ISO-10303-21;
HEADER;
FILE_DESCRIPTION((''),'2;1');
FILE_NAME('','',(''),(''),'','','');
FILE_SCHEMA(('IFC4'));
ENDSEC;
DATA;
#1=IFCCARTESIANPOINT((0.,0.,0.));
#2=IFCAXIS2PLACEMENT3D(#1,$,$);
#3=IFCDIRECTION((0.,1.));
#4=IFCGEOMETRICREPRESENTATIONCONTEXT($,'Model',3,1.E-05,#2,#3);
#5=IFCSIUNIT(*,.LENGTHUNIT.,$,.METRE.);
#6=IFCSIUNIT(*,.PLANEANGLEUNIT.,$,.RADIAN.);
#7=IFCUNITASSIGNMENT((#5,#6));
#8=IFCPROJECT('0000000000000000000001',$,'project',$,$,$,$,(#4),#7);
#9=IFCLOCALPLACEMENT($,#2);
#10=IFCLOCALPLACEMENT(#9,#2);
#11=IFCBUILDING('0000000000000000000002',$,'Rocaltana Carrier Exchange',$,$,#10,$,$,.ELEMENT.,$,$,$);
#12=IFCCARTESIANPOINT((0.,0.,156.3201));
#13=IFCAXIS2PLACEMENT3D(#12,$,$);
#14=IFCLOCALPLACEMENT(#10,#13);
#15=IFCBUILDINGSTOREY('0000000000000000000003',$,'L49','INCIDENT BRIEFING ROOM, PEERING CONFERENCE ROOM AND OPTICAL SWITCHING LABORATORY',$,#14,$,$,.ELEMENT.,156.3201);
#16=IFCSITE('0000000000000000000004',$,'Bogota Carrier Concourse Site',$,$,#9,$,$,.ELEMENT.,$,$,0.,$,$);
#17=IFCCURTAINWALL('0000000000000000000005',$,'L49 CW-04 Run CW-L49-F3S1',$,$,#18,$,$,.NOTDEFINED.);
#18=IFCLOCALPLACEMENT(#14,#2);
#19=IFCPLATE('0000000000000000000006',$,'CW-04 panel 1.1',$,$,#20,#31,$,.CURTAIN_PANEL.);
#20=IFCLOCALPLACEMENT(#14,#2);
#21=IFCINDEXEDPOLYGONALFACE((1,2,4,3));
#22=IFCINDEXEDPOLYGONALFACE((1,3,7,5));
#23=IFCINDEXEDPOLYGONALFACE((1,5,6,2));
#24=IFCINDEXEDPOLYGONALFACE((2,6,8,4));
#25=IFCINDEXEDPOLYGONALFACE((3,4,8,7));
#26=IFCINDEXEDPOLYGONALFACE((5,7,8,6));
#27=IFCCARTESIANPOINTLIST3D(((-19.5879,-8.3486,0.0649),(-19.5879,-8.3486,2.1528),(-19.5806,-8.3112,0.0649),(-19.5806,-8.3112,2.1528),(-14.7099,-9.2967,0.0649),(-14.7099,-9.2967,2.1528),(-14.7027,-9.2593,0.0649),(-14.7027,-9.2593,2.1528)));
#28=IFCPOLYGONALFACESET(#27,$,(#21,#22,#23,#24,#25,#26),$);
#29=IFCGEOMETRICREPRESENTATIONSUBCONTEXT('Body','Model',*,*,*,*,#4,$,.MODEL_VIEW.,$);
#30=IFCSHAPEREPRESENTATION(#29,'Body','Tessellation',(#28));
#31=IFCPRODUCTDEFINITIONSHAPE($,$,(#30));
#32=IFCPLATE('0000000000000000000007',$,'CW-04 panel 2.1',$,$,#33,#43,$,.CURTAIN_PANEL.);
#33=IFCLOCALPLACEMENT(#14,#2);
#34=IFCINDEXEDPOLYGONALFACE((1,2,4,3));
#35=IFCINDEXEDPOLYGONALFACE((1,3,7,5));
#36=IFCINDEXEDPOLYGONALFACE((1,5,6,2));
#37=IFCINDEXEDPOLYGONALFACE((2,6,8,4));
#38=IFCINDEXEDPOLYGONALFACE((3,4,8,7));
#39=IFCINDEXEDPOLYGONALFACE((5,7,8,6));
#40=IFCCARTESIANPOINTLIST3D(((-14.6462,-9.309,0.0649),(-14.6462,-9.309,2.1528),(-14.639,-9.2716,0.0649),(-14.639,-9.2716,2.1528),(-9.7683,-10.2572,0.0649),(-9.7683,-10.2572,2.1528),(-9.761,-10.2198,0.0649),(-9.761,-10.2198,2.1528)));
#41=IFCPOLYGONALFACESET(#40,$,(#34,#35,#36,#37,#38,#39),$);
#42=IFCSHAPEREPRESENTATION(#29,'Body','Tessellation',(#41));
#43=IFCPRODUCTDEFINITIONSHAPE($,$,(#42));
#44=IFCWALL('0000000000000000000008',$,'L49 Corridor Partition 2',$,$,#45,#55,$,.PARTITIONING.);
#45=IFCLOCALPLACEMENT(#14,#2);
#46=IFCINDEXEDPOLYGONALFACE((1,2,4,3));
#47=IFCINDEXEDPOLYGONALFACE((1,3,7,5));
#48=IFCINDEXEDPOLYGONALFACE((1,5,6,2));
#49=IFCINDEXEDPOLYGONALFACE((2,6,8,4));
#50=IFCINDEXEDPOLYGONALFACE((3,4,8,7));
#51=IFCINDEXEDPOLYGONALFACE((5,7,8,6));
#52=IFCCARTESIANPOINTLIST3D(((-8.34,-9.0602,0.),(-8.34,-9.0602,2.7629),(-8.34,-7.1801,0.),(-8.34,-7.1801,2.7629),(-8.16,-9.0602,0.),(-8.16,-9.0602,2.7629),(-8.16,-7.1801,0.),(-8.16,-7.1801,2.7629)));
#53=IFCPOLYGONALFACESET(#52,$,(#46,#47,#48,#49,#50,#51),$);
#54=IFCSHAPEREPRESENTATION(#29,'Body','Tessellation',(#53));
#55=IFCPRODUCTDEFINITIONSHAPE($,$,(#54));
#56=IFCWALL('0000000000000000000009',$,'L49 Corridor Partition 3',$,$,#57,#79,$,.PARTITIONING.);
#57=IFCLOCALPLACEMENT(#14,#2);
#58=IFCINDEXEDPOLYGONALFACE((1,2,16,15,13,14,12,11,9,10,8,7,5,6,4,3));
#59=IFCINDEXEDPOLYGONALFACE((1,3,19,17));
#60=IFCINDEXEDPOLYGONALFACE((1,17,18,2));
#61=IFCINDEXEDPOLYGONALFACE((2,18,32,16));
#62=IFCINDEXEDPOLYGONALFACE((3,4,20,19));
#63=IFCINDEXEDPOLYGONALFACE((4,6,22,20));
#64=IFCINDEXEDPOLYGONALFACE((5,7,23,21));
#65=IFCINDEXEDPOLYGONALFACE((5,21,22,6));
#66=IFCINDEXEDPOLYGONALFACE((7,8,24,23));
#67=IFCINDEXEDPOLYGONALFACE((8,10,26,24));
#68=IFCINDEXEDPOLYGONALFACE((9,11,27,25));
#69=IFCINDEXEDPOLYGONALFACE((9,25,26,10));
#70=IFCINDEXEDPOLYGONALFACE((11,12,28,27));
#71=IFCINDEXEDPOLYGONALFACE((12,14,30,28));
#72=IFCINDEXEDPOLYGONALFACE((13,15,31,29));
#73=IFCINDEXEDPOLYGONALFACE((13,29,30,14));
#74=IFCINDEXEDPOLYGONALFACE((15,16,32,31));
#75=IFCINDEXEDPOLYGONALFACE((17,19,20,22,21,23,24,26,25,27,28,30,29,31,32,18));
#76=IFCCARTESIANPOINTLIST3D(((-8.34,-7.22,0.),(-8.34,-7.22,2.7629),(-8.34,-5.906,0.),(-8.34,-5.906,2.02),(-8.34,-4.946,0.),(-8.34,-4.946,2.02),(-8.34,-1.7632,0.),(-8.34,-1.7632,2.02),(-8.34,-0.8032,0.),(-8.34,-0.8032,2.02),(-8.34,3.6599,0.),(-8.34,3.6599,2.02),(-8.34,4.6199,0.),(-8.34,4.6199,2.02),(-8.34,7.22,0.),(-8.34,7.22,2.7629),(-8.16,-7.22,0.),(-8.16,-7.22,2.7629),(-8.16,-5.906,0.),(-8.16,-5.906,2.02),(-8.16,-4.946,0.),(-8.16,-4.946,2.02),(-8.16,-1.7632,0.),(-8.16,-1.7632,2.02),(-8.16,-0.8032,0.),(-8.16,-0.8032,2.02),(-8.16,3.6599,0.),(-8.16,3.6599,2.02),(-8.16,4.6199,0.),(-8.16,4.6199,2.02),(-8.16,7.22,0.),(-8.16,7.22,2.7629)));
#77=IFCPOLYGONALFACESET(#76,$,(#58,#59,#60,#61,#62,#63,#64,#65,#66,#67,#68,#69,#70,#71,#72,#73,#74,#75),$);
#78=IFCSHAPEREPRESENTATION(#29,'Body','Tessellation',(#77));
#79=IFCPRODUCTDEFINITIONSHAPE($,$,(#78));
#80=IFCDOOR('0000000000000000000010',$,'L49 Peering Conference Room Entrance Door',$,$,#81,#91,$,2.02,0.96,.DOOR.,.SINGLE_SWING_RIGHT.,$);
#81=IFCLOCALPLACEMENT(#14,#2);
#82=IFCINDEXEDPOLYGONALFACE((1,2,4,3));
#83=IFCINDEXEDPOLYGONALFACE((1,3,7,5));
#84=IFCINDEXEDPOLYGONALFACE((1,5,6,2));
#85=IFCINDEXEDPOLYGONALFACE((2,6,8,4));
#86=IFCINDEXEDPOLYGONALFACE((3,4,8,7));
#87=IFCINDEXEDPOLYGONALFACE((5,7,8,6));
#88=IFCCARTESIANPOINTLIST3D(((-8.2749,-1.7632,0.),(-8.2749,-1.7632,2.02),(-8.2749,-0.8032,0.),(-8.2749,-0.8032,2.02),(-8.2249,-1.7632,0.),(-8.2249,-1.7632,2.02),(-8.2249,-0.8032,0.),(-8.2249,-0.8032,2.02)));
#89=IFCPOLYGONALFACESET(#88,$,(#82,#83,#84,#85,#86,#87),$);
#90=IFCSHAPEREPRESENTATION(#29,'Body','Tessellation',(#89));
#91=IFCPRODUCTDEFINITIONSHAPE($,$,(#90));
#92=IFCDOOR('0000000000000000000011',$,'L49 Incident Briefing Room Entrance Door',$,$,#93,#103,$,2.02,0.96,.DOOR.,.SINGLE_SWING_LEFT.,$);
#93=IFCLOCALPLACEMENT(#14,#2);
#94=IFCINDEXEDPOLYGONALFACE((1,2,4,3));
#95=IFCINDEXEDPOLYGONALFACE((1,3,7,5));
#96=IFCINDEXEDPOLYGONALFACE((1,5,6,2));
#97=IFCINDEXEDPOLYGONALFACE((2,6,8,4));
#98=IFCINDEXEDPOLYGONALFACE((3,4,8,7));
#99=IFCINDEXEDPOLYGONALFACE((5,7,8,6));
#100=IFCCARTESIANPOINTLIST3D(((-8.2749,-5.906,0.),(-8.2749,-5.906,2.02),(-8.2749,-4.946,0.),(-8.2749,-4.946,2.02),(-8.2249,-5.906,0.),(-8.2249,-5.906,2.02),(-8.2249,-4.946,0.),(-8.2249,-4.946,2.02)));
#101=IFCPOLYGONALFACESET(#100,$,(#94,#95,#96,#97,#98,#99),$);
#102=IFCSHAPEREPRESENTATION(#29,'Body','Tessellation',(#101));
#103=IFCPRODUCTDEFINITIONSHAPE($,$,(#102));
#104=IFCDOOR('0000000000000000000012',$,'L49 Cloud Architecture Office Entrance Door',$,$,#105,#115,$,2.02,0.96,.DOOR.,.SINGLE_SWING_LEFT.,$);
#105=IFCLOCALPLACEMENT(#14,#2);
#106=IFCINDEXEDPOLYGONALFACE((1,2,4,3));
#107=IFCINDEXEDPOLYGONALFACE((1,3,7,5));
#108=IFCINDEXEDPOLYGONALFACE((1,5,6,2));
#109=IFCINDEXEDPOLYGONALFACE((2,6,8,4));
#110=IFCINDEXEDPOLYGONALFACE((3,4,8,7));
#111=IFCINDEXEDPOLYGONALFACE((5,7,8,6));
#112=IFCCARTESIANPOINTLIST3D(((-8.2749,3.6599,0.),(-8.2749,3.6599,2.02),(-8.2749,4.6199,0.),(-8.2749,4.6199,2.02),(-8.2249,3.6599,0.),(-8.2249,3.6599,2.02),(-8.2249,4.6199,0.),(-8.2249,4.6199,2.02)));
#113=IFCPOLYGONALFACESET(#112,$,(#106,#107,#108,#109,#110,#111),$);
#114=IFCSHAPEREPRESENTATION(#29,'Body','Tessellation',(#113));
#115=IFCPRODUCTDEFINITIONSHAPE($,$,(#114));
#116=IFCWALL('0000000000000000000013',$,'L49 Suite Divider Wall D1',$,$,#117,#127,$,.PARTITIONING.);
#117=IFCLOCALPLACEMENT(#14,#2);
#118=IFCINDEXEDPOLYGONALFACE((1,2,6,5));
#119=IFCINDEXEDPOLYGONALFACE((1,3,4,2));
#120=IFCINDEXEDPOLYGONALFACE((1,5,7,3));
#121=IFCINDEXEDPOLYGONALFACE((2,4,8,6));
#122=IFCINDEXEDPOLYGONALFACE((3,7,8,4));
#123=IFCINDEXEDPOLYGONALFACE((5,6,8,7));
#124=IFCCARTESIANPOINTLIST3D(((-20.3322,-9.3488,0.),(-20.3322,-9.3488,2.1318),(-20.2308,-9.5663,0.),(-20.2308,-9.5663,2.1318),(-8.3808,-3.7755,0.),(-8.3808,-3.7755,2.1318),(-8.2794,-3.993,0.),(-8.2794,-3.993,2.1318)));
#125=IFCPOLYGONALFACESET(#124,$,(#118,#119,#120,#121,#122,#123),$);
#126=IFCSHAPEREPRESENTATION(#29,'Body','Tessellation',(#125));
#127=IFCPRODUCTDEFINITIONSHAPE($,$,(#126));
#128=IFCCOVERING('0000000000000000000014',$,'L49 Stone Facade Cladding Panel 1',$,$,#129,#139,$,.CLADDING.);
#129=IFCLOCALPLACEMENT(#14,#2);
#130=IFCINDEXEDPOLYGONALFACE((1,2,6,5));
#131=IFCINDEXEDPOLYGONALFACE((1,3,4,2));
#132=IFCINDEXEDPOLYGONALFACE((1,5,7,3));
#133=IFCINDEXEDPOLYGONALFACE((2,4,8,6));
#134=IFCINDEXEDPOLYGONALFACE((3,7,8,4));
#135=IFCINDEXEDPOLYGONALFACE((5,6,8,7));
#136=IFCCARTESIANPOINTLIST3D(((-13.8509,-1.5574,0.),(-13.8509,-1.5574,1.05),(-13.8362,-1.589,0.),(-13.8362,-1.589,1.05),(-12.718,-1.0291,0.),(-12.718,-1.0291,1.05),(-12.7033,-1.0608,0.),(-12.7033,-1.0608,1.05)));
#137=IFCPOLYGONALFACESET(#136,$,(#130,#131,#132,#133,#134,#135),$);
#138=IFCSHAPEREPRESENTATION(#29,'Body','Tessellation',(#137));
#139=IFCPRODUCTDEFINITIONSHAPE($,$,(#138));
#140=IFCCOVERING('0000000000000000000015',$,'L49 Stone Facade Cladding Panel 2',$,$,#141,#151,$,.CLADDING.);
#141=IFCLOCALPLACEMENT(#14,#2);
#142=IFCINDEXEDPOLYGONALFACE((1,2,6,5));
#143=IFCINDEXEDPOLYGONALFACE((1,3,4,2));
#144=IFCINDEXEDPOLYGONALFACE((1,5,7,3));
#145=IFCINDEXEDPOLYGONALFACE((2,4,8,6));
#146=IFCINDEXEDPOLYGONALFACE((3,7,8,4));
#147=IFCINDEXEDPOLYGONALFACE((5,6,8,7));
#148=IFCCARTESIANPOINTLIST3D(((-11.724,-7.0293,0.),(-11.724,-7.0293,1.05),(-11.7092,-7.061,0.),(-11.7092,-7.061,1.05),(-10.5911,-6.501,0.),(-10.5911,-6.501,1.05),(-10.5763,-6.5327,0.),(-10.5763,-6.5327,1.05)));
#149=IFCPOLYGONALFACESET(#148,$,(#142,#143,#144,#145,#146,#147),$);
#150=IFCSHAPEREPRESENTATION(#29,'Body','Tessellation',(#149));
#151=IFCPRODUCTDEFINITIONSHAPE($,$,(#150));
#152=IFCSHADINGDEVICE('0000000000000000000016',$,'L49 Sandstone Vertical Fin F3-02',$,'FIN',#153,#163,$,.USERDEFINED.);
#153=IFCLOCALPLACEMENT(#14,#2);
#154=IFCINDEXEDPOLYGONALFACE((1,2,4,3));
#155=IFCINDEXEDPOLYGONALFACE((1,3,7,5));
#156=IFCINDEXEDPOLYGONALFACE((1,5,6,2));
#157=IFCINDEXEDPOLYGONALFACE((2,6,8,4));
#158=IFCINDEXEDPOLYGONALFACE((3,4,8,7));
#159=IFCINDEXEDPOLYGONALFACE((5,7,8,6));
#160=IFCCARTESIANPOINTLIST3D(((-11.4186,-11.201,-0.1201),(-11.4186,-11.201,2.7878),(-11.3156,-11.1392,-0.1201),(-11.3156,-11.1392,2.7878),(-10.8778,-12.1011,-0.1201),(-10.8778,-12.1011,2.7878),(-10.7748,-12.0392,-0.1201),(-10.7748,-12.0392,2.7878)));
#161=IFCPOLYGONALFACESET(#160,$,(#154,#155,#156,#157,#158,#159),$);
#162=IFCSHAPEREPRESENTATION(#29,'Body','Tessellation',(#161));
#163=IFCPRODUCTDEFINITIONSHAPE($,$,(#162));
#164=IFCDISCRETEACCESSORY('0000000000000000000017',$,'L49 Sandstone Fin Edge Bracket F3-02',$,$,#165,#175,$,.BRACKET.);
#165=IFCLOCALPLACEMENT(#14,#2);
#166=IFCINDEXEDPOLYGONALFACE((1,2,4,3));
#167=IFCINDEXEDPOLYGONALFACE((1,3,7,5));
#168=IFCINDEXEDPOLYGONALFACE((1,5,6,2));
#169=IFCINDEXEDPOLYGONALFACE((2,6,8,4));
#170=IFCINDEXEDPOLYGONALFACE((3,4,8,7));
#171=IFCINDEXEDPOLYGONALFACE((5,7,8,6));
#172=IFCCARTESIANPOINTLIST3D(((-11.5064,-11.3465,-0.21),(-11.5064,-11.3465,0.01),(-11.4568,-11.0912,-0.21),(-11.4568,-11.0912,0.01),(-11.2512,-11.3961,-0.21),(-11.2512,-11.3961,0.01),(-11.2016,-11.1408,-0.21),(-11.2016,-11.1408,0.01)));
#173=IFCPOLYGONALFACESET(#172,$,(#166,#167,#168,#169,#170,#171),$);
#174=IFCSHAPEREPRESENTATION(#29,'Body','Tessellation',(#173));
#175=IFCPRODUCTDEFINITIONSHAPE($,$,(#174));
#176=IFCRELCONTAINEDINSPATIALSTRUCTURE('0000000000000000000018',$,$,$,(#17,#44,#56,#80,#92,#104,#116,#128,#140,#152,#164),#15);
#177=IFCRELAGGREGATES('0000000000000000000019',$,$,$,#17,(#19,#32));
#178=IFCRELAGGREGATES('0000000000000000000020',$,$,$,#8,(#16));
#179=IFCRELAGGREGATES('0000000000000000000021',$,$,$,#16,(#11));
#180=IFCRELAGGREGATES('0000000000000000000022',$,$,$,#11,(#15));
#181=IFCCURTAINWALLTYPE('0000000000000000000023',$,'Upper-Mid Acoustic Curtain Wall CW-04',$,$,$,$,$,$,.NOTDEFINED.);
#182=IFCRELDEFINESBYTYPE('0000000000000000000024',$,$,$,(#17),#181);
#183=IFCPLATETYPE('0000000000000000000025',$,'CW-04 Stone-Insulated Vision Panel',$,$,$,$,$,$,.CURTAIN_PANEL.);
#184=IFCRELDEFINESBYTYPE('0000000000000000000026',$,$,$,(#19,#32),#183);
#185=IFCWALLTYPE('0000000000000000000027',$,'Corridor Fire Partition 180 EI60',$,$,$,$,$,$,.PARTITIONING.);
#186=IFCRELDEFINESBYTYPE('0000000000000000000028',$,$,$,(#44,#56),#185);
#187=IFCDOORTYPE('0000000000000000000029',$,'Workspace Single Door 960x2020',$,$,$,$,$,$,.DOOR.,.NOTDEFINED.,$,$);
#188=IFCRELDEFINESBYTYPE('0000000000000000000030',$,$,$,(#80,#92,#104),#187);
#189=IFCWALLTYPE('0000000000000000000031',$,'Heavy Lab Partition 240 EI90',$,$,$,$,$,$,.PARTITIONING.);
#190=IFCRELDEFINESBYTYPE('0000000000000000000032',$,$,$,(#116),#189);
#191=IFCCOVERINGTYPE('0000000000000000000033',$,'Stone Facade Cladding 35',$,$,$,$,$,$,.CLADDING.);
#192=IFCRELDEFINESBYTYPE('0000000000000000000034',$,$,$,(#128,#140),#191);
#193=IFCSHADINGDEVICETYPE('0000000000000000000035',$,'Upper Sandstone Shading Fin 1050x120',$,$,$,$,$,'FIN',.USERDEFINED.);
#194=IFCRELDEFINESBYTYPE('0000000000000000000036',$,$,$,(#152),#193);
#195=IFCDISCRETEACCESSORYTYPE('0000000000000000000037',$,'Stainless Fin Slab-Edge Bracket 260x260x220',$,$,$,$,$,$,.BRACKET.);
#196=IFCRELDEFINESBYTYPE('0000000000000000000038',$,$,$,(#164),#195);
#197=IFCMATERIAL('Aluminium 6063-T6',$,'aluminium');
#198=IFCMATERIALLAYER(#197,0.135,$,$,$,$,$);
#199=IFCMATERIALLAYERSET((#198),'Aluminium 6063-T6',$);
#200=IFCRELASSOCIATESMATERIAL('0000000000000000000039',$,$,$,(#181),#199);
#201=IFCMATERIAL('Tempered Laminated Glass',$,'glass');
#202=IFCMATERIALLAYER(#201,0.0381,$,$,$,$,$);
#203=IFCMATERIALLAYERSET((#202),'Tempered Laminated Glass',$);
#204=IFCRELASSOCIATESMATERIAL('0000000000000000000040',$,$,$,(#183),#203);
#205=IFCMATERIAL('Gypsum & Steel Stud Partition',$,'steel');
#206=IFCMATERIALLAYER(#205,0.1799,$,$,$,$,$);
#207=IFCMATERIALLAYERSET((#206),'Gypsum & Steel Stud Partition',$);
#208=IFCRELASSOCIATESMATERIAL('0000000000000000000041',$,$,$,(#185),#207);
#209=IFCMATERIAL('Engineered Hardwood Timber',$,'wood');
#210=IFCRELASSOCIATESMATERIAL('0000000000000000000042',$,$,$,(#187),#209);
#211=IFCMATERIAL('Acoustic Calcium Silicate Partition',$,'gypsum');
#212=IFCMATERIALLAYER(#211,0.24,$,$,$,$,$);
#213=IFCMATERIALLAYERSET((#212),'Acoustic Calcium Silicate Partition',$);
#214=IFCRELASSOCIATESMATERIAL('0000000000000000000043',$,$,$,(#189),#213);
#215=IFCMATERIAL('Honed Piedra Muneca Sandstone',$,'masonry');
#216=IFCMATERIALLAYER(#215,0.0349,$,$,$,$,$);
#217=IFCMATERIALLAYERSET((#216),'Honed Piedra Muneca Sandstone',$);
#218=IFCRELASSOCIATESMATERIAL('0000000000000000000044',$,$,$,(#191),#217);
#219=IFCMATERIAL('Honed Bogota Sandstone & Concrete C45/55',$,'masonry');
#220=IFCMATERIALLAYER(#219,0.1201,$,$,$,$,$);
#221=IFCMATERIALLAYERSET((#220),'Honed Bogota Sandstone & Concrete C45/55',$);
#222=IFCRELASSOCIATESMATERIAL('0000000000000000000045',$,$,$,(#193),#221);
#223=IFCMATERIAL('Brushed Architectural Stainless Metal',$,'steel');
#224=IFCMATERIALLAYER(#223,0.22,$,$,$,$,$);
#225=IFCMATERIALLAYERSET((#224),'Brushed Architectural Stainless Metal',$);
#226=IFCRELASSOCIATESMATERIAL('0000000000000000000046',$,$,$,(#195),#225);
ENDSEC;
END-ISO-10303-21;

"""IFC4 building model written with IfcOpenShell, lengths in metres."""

from ifc_helpers import new_model, si_unit, direction, frame, frame_2d, origin, origin_2d, place, context, subcontext, project, spatial, rectangle, extrude, material, layer, layer_set, type_object, element, fill, aggregate, save


model = new_model("IFC4")

# Units and contexts
model_context = context("Model", 3, precision=1e-05, world=origin(), true_north=direction((0.0, 1.0)))
body_context = subcontext(model_context, "Body", "Model", "MODEL_VIEW")
ifc_project = project(units=[si_unit("LENGTHUNIT", "METRE"), si_unit("PLANEANGLEUNIT", "RADIAN")], contexts=[model_context])

# Site, building, storey
site_placement = place(None, origin())
site = spatial("IfcSite", under=ifc_project, at=site_placement, Name="Bogota Carrier Concourse Site", CompositionType="ELEMENT", RefElevation=0.0)
building_placement = place(site_placement, origin())
building = spatial("IfcBuilding", under=site, at=building_placement, Name="Rocaltana Carrier Exchange", CompositionType="ELEMENT")
storey_placement = place(building_placement, frame((0.0, 0.0, 156.3201)))
storey = spatial("IfcBuildingStorey", under=building, at=storey_placement, Name="L49", Description="INCIDENT BRIEFING ROOM, PEERING CONFERENCE ROOM AND OPTICAL SWITCHING LABORATORY", CompositionType="ELEMENT", Elevation=156.3201)

# Curtain wall
ifc_material_1 = material(Name="Aluminium 6063-T6", Category="aluminium")
ifc_layer_1 = layer(ifc_material_1, 0.135)
ifc_layer_set_1 = layer_set([ifc_layer_1], Name="Aluminium 6063-T6")
curtain_wall_type = type_object("IfcCurtainWallType", Name="Upper-Mid Acoustic Curtain Wall CW-04", PredefinedType="NOTDEFINED", material=ifc_layer_set_1)
curtain_wall_placement = place(storey_placement, origin())
curtain_wall = element("IfcCurtainWall", 1, at=curtain_wall_placement, inside=storey, type_object=curtain_wall_type, Name="L49 CW-04 Run CW-L49-F3S1", PredefinedType="NOTDEFINED")

# Plates
ifc_material_2 = material(Name="Tempered Laminated Glass", Category="glass")
ifc_layer_2 = layer(ifc_material_2, 0.0381)
ifc_layer_set_2 = layer_set([ifc_layer_2], Name="Tempered Laminated Glass")
plate_type = type_object("IfcPlateType", Name="CW-04 Stone-Insulated Vision Panel", PredefinedType="CURTAIN_PANEL", material=ifc_layer_set_2)
plate_1_placement = place(storey_placement, frame((-17.1453, -8.804, 0.0649), z_axis=(0.0, 0.0, 1.0), x_axis=(0.981628, -0.190803, 0.0)))
plate_1 = element("IfcPlate", 2, at=plate_1_placement, type_object=plate_type, Name="CW-04 panel 1.1", PredefinedType="CURTAIN_PANEL", context=body_context, shape_type="SweptSolid", body=[
    extrude(rectangle(XDim=4.9692, YDim=0.0381, at=origin_2d()), origin(), (0.0, 0.0, 1.0), 2.0879),
])
plate_2_placement = place(storey_placement, frame((-12.2036, -9.7644, 0.0649), z_axis=(0.0, 0.0, 1.0), x_axis=(0.981628, -0.190803, 0.0)))
plate_2 = element("IfcPlate", 3, at=plate_2_placement, type_object=plate_type, Name="CW-04 panel 2.1", PredefinedType="CURTAIN_PANEL", context=body_context, shape_type="SweptSolid", body=[
    extrude(rectangle(XDim=4.9692, YDim=0.0381, at=origin_2d()), origin(), (0.0, 0.0, 1.0), 2.0879),
])
aggregate(curtain_wall, [plate_1, plate_2])

# Wall
ifc_material_3 = material(Name="Gypsum & Steel Stud Partition", Category="steel")
ifc_layer_3 = layer(ifc_material_3, 0.1799)
ifc_layer_set_3 = layer_set([ifc_layer_3], Name="Gypsum & Steel Stud Partition")
wall_type_1 = type_object("IfcWallType", Name="Corridor Fire Partition 180 EI60", PredefinedType="PARTITIONING", material=ifc_layer_set_3)
wall_1_placement = place(storey_placement, frame((-8.25, -9.0601, 0.0), z_axis=(0.0, 0.0, 1.0), x_axis=(0.0, 1.0, 0.0)))
element("IfcWall", 4, at=wall_1_placement, inside=storey, type_object=wall_type_1, Name="L49 Corridor Partition 2", PredefinedType="PARTITIONING", context=body_context, shape_type="SweptSolid", body=[
    extrude(rectangle(XDim=1.8801, YDim=0.1799, at=frame_2d((0.9399, 0.0))), origin(), (0.0, 0.0, 1.0), 2.7629),
])

# Wall, openings, doors
wall_2_placement = place(storey_placement, frame((-8.25, -7.22, 0.0), z_axis=(0.0, 0.0, 1.0), x_axis=(0.0, 1.0, 0.0)))
wall_2 = element("IfcWall", 5, at=wall_2_placement, inside=storey, type_object=wall_type_1, Name="L49 Corridor Partition 3", PredefinedType="PARTITIONING", context=body_context, shape_type="SweptSolid", body=[
    extrude(rectangle(XDim=14.4399, YDim=0.1799, at=frame_2d((7.22, 0.0))), origin(), (0.0, 0.0, 1.0), 2.7629),
])
opening_1_placement = place(wall_2_placement, frame((5.4568, 0.0, 0.0)))
opening_1 = element("IfcOpeningElement", 6, at=opening_1_placement, cuts=wall_2, PredefinedType="OPENING", context=body_context, shape_type="SweptSolid", body=[
    extrude(rectangle(XDim=0.96, YDim=2.02, at=frame_2d((0.48, 1.01))), frame((0.0, 0.0999, 0.0), z_axis=(0.0, -1.0, 0.0), x_axis=(1.0, 0.0, 0.0)), (0.0, 0.0, 1.0), 0.2),
])
opening_2_placement = place(wall_2_placement, frame((1.314, 0.0, 0.0)))
opening_2 = element("IfcOpeningElement", 7, at=opening_2_placement, cuts=wall_2, PredefinedType="OPENING", context=body_context, shape_type="SweptSolid", body=[
    extrude(rectangle(XDim=0.96, YDim=2.02, at=frame_2d((0.48, 1.01))), frame((0.0, 0.0999, 0.0), z_axis=(0.0, -1.0, 0.0), x_axis=(1.0, 0.0, 0.0)), (0.0, 0.0, 1.0), 0.2),
])
opening_3_placement = place(wall_2_placement, frame((10.8799, 0.0, 0.0)))
opening_3 = element("IfcOpeningElement", 8, at=opening_3_placement, cuts=wall_2, PredefinedType="OPENING", context=body_context, shape_type="SweptSolid", body=[
    extrude(rectangle(XDim=0.96, YDim=2.02, at=frame_2d((0.48, 1.01))), frame((0.0, 0.0999, 0.0), z_axis=(0.0, -1.0, 0.0), x_axis=(1.0, 0.0, 0.0)), (0.0, 0.0, 1.0), 0.2),
])
ifc_material_4 = material(Name="Engineered Hardwood Timber", Category="wood")
door_type = type_object("IfcDoorType", Name="Workspace Single Door 960x2020", OperationType="NOTDEFINED", PredefinedType="DOOR", material=ifc_material_4)
door_1_placement = place(opening_1_placement, origin())
door_1 = element("IfcDoor", 9, at=door_1_placement, inside=storey, type_object=door_type, Name="L49 Peering Conference Room Entrance Door", OperationType="SINGLE_SWING_RIGHT", OverallHeight=2.02, OverallWidth=0.96, PredefinedType="DOOR", context=body_context, shape_type="SweptSolid", body=[
    extrude(rectangle(XDim=0.96, YDim=2.02, at=frame_2d((0.48, 1.01))), frame((0.0, 0.0249, 0.0), z_axis=(0.0, -1.0, 0.0), x_axis=(1.0, 0.0, 0.0)), (0.0, 0.0, 1.0), 0.05),
])
fill(opening_1, door_1)
door_2_placement = place(opening_2_placement, origin())
door_2 = element("IfcDoor", 10, at=door_2_placement, inside=storey, type_object=door_type, Name="L49 Incident Briefing Room Entrance Door", OperationType="SINGLE_SWING_LEFT", OverallHeight=2.02, OverallWidth=0.96, PredefinedType="DOOR", context=body_context, shape_type="SweptSolid", body=[
    extrude(rectangle(XDim=0.96, YDim=2.02, at=frame_2d((0.48, 1.01))), frame((0.0, 0.0249, 0.0), z_axis=(0.0, -1.0, 0.0), x_axis=(1.0, 0.0, 0.0)), (0.0, 0.0, 1.0), 0.05),
])
fill(opening_2, door_2)
door_3_placement = place(opening_3_placement, origin())
door_3 = element("IfcDoor", 11, at=door_3_placement, inside=storey, type_object=door_type, Name="L49 Cloud Architecture Office Entrance Door", OperationType="SINGLE_SWING_LEFT", OverallHeight=2.02, OverallWidth=0.96, PredefinedType="DOOR", context=body_context, shape_type="SweptSolid", body=[
    extrude(rectangle(XDim=0.96, YDim=2.02, at=frame_2d((0.48, 1.01))), frame((0.0, 0.0249, 0.0), z_axis=(0.0, -1.0, 0.0), x_axis=(1.0, 0.0, 0.0)), (0.0, 0.0, 1.0), 0.05),
])
fill(opening_3, door_3)

# Wall
ifc_material_5 = material(Name="Acoustic Calcium Silicate Partition", Category="gypsum")
ifc_layer_4 = layer(ifc_material_5, 0.24)
ifc_layer_set_4 = layer_set([ifc_layer_4], Name="Acoustic Calcium Silicate Partition")
wall_type_2 = type_object("IfcWallType", Name="Heavy Lab Partition 240 EI90", PredefinedType="PARTITIONING", material=ifc_layer_set_4)
wall_3_placement = place(storey_placement, frame((-8.3301, -3.8843, 0.0), z_axis=(0.0, 0.0, 1.0), x_axis=(-0.906302, -0.422631, 0.0)))
element("IfcWall", 12, at=wall_3_placement, inside=storey, type_object=wall_type_2, Name="L49 Suite Divider Wall D1", PredefinedType="PARTITIONING", context=body_context, shape_type="SweptSolid", body=[
    extrude(rectangle(XDim=13.187, YDim=0.24, at=frame_2d((6.5935, 0.0))), origin(), (0.0, 0.0, 1.0), 2.1318),
])

# Coverings
ifc_material_6 = material(Name="Honed Piedra Muneca Sandstone", Category="masonry")
ifc_layer_5 = layer(ifc_material_6, 0.0349)
ifc_layer_set_5 = layer_set([ifc_layer_5], Name="Honed Piedra Muneca Sandstone")
covering_type = type_object("IfcCoveringType", Name="Stone Facade Cladding 35", PredefinedType="CLADDING", material=ifc_layer_set_5)
for number, where, z_axis, x_axis, name in (
    (13, (-13.2771, -1.3091, 0.0), (0.0, 0.0, 1.0), (0.906308, 0.422618, 0.0), "L49 Stone Facade Cladding Panel 1"),
    (14, (-11.1501, -6.781, 0.0), (0.0, 0.0, 1.0), (0.906308, 0.422618, 0.0), "L49 Stone Facade Cladding Panel 2"),
):
    element("IfcCovering", number, at=place(storey_placement, frame(where, z_axis=z_axis, x_axis=x_axis)), inside=storey, type_object=covering_type, Name=name, PredefinedType="CLADDING", context=body_context, shape_type="SweptSolid", body=[
        extrude(rectangle(XDim=1.25, YDim=0.0349, at=origin_2d()), origin(), (0.0, 0.0, 1.0), 1.05),
    ])

# Shading device
ifc_material_7 = material(Name="Honed Bogota Sandstone & Concrete C45/55", Category="masonry")
ifc_layer_6 = layer(ifc_material_7, 0.1201)
ifc_layer_set_6 = layer_set([ifc_layer_6], Name="Honed Bogota Sandstone & Concrete C45/55")
shading_device_type = type_object("IfcShadingDeviceType", Name="Upper Sandstone Shading Fin 1050x120", ElementType="FIN", PredefinedType="USERDEFINED", material=ifc_layer_set_6)
shading_device_placement = place(storey_placement, frame((-11.0967, -11.6201, -0.1201), z_axis=(0.0, 0.0, 1.0), x_axis=(0.515038, -0.857167, 0.0)))
element("IfcShadingDevice", 15, at=shading_device_placement, inside=storey, type_object=shading_device_type, Name="L49 Sandstone Vertical Fin F3-02", ObjectType="FIN", PredefinedType="USERDEFINED", context=body_context, shape_type="SweptSolid", body=[
    extrude(rectangle(XDim=1.05, YDim=0.1201, at=origin_2d()), origin(), (0.0, 0.0, 1.0), 2.908),
])

# Discrete accessory
ifc_material_8 = material(Name="Brushed Architectural Stainless Metal", Category="steel")
ifc_layer_7 = layer(ifc_material_8, 0.22)
ifc_layer_set_7 = layer_set([ifc_layer_7], Name="Brushed Architectural Stainless Metal")
discrete_accessory_type = type_object("IfcDiscreteAccessoryType", Name="Stainless Fin Slab-Edge Bracket 260x260x220", PredefinedType="BRACKET", material=ifc_layer_set_7)
discrete_accessory_placement = place(storey_placement, frame((-11.354, -11.2437, -0.21), z_axis=(0.0, 0.0, 1.0), x_axis=(0.981627, -0.190809, 0.0)))
element("IfcDiscreteAccessory", 16, at=discrete_accessory_placement, inside=storey, type_object=discrete_accessory_type, Name="L49 Sandstone Fin Edge Bracket F3-02", PredefinedType="BRACKET", context=body_context, shape_type="SweptSolid", body=[
    extrude(rectangle(XDim=0.26, YDim=0.26, at=origin_2d()), origin(), (0.0, 0.0, 1.0), 0.22),
])

save(model, "model.ifc")
